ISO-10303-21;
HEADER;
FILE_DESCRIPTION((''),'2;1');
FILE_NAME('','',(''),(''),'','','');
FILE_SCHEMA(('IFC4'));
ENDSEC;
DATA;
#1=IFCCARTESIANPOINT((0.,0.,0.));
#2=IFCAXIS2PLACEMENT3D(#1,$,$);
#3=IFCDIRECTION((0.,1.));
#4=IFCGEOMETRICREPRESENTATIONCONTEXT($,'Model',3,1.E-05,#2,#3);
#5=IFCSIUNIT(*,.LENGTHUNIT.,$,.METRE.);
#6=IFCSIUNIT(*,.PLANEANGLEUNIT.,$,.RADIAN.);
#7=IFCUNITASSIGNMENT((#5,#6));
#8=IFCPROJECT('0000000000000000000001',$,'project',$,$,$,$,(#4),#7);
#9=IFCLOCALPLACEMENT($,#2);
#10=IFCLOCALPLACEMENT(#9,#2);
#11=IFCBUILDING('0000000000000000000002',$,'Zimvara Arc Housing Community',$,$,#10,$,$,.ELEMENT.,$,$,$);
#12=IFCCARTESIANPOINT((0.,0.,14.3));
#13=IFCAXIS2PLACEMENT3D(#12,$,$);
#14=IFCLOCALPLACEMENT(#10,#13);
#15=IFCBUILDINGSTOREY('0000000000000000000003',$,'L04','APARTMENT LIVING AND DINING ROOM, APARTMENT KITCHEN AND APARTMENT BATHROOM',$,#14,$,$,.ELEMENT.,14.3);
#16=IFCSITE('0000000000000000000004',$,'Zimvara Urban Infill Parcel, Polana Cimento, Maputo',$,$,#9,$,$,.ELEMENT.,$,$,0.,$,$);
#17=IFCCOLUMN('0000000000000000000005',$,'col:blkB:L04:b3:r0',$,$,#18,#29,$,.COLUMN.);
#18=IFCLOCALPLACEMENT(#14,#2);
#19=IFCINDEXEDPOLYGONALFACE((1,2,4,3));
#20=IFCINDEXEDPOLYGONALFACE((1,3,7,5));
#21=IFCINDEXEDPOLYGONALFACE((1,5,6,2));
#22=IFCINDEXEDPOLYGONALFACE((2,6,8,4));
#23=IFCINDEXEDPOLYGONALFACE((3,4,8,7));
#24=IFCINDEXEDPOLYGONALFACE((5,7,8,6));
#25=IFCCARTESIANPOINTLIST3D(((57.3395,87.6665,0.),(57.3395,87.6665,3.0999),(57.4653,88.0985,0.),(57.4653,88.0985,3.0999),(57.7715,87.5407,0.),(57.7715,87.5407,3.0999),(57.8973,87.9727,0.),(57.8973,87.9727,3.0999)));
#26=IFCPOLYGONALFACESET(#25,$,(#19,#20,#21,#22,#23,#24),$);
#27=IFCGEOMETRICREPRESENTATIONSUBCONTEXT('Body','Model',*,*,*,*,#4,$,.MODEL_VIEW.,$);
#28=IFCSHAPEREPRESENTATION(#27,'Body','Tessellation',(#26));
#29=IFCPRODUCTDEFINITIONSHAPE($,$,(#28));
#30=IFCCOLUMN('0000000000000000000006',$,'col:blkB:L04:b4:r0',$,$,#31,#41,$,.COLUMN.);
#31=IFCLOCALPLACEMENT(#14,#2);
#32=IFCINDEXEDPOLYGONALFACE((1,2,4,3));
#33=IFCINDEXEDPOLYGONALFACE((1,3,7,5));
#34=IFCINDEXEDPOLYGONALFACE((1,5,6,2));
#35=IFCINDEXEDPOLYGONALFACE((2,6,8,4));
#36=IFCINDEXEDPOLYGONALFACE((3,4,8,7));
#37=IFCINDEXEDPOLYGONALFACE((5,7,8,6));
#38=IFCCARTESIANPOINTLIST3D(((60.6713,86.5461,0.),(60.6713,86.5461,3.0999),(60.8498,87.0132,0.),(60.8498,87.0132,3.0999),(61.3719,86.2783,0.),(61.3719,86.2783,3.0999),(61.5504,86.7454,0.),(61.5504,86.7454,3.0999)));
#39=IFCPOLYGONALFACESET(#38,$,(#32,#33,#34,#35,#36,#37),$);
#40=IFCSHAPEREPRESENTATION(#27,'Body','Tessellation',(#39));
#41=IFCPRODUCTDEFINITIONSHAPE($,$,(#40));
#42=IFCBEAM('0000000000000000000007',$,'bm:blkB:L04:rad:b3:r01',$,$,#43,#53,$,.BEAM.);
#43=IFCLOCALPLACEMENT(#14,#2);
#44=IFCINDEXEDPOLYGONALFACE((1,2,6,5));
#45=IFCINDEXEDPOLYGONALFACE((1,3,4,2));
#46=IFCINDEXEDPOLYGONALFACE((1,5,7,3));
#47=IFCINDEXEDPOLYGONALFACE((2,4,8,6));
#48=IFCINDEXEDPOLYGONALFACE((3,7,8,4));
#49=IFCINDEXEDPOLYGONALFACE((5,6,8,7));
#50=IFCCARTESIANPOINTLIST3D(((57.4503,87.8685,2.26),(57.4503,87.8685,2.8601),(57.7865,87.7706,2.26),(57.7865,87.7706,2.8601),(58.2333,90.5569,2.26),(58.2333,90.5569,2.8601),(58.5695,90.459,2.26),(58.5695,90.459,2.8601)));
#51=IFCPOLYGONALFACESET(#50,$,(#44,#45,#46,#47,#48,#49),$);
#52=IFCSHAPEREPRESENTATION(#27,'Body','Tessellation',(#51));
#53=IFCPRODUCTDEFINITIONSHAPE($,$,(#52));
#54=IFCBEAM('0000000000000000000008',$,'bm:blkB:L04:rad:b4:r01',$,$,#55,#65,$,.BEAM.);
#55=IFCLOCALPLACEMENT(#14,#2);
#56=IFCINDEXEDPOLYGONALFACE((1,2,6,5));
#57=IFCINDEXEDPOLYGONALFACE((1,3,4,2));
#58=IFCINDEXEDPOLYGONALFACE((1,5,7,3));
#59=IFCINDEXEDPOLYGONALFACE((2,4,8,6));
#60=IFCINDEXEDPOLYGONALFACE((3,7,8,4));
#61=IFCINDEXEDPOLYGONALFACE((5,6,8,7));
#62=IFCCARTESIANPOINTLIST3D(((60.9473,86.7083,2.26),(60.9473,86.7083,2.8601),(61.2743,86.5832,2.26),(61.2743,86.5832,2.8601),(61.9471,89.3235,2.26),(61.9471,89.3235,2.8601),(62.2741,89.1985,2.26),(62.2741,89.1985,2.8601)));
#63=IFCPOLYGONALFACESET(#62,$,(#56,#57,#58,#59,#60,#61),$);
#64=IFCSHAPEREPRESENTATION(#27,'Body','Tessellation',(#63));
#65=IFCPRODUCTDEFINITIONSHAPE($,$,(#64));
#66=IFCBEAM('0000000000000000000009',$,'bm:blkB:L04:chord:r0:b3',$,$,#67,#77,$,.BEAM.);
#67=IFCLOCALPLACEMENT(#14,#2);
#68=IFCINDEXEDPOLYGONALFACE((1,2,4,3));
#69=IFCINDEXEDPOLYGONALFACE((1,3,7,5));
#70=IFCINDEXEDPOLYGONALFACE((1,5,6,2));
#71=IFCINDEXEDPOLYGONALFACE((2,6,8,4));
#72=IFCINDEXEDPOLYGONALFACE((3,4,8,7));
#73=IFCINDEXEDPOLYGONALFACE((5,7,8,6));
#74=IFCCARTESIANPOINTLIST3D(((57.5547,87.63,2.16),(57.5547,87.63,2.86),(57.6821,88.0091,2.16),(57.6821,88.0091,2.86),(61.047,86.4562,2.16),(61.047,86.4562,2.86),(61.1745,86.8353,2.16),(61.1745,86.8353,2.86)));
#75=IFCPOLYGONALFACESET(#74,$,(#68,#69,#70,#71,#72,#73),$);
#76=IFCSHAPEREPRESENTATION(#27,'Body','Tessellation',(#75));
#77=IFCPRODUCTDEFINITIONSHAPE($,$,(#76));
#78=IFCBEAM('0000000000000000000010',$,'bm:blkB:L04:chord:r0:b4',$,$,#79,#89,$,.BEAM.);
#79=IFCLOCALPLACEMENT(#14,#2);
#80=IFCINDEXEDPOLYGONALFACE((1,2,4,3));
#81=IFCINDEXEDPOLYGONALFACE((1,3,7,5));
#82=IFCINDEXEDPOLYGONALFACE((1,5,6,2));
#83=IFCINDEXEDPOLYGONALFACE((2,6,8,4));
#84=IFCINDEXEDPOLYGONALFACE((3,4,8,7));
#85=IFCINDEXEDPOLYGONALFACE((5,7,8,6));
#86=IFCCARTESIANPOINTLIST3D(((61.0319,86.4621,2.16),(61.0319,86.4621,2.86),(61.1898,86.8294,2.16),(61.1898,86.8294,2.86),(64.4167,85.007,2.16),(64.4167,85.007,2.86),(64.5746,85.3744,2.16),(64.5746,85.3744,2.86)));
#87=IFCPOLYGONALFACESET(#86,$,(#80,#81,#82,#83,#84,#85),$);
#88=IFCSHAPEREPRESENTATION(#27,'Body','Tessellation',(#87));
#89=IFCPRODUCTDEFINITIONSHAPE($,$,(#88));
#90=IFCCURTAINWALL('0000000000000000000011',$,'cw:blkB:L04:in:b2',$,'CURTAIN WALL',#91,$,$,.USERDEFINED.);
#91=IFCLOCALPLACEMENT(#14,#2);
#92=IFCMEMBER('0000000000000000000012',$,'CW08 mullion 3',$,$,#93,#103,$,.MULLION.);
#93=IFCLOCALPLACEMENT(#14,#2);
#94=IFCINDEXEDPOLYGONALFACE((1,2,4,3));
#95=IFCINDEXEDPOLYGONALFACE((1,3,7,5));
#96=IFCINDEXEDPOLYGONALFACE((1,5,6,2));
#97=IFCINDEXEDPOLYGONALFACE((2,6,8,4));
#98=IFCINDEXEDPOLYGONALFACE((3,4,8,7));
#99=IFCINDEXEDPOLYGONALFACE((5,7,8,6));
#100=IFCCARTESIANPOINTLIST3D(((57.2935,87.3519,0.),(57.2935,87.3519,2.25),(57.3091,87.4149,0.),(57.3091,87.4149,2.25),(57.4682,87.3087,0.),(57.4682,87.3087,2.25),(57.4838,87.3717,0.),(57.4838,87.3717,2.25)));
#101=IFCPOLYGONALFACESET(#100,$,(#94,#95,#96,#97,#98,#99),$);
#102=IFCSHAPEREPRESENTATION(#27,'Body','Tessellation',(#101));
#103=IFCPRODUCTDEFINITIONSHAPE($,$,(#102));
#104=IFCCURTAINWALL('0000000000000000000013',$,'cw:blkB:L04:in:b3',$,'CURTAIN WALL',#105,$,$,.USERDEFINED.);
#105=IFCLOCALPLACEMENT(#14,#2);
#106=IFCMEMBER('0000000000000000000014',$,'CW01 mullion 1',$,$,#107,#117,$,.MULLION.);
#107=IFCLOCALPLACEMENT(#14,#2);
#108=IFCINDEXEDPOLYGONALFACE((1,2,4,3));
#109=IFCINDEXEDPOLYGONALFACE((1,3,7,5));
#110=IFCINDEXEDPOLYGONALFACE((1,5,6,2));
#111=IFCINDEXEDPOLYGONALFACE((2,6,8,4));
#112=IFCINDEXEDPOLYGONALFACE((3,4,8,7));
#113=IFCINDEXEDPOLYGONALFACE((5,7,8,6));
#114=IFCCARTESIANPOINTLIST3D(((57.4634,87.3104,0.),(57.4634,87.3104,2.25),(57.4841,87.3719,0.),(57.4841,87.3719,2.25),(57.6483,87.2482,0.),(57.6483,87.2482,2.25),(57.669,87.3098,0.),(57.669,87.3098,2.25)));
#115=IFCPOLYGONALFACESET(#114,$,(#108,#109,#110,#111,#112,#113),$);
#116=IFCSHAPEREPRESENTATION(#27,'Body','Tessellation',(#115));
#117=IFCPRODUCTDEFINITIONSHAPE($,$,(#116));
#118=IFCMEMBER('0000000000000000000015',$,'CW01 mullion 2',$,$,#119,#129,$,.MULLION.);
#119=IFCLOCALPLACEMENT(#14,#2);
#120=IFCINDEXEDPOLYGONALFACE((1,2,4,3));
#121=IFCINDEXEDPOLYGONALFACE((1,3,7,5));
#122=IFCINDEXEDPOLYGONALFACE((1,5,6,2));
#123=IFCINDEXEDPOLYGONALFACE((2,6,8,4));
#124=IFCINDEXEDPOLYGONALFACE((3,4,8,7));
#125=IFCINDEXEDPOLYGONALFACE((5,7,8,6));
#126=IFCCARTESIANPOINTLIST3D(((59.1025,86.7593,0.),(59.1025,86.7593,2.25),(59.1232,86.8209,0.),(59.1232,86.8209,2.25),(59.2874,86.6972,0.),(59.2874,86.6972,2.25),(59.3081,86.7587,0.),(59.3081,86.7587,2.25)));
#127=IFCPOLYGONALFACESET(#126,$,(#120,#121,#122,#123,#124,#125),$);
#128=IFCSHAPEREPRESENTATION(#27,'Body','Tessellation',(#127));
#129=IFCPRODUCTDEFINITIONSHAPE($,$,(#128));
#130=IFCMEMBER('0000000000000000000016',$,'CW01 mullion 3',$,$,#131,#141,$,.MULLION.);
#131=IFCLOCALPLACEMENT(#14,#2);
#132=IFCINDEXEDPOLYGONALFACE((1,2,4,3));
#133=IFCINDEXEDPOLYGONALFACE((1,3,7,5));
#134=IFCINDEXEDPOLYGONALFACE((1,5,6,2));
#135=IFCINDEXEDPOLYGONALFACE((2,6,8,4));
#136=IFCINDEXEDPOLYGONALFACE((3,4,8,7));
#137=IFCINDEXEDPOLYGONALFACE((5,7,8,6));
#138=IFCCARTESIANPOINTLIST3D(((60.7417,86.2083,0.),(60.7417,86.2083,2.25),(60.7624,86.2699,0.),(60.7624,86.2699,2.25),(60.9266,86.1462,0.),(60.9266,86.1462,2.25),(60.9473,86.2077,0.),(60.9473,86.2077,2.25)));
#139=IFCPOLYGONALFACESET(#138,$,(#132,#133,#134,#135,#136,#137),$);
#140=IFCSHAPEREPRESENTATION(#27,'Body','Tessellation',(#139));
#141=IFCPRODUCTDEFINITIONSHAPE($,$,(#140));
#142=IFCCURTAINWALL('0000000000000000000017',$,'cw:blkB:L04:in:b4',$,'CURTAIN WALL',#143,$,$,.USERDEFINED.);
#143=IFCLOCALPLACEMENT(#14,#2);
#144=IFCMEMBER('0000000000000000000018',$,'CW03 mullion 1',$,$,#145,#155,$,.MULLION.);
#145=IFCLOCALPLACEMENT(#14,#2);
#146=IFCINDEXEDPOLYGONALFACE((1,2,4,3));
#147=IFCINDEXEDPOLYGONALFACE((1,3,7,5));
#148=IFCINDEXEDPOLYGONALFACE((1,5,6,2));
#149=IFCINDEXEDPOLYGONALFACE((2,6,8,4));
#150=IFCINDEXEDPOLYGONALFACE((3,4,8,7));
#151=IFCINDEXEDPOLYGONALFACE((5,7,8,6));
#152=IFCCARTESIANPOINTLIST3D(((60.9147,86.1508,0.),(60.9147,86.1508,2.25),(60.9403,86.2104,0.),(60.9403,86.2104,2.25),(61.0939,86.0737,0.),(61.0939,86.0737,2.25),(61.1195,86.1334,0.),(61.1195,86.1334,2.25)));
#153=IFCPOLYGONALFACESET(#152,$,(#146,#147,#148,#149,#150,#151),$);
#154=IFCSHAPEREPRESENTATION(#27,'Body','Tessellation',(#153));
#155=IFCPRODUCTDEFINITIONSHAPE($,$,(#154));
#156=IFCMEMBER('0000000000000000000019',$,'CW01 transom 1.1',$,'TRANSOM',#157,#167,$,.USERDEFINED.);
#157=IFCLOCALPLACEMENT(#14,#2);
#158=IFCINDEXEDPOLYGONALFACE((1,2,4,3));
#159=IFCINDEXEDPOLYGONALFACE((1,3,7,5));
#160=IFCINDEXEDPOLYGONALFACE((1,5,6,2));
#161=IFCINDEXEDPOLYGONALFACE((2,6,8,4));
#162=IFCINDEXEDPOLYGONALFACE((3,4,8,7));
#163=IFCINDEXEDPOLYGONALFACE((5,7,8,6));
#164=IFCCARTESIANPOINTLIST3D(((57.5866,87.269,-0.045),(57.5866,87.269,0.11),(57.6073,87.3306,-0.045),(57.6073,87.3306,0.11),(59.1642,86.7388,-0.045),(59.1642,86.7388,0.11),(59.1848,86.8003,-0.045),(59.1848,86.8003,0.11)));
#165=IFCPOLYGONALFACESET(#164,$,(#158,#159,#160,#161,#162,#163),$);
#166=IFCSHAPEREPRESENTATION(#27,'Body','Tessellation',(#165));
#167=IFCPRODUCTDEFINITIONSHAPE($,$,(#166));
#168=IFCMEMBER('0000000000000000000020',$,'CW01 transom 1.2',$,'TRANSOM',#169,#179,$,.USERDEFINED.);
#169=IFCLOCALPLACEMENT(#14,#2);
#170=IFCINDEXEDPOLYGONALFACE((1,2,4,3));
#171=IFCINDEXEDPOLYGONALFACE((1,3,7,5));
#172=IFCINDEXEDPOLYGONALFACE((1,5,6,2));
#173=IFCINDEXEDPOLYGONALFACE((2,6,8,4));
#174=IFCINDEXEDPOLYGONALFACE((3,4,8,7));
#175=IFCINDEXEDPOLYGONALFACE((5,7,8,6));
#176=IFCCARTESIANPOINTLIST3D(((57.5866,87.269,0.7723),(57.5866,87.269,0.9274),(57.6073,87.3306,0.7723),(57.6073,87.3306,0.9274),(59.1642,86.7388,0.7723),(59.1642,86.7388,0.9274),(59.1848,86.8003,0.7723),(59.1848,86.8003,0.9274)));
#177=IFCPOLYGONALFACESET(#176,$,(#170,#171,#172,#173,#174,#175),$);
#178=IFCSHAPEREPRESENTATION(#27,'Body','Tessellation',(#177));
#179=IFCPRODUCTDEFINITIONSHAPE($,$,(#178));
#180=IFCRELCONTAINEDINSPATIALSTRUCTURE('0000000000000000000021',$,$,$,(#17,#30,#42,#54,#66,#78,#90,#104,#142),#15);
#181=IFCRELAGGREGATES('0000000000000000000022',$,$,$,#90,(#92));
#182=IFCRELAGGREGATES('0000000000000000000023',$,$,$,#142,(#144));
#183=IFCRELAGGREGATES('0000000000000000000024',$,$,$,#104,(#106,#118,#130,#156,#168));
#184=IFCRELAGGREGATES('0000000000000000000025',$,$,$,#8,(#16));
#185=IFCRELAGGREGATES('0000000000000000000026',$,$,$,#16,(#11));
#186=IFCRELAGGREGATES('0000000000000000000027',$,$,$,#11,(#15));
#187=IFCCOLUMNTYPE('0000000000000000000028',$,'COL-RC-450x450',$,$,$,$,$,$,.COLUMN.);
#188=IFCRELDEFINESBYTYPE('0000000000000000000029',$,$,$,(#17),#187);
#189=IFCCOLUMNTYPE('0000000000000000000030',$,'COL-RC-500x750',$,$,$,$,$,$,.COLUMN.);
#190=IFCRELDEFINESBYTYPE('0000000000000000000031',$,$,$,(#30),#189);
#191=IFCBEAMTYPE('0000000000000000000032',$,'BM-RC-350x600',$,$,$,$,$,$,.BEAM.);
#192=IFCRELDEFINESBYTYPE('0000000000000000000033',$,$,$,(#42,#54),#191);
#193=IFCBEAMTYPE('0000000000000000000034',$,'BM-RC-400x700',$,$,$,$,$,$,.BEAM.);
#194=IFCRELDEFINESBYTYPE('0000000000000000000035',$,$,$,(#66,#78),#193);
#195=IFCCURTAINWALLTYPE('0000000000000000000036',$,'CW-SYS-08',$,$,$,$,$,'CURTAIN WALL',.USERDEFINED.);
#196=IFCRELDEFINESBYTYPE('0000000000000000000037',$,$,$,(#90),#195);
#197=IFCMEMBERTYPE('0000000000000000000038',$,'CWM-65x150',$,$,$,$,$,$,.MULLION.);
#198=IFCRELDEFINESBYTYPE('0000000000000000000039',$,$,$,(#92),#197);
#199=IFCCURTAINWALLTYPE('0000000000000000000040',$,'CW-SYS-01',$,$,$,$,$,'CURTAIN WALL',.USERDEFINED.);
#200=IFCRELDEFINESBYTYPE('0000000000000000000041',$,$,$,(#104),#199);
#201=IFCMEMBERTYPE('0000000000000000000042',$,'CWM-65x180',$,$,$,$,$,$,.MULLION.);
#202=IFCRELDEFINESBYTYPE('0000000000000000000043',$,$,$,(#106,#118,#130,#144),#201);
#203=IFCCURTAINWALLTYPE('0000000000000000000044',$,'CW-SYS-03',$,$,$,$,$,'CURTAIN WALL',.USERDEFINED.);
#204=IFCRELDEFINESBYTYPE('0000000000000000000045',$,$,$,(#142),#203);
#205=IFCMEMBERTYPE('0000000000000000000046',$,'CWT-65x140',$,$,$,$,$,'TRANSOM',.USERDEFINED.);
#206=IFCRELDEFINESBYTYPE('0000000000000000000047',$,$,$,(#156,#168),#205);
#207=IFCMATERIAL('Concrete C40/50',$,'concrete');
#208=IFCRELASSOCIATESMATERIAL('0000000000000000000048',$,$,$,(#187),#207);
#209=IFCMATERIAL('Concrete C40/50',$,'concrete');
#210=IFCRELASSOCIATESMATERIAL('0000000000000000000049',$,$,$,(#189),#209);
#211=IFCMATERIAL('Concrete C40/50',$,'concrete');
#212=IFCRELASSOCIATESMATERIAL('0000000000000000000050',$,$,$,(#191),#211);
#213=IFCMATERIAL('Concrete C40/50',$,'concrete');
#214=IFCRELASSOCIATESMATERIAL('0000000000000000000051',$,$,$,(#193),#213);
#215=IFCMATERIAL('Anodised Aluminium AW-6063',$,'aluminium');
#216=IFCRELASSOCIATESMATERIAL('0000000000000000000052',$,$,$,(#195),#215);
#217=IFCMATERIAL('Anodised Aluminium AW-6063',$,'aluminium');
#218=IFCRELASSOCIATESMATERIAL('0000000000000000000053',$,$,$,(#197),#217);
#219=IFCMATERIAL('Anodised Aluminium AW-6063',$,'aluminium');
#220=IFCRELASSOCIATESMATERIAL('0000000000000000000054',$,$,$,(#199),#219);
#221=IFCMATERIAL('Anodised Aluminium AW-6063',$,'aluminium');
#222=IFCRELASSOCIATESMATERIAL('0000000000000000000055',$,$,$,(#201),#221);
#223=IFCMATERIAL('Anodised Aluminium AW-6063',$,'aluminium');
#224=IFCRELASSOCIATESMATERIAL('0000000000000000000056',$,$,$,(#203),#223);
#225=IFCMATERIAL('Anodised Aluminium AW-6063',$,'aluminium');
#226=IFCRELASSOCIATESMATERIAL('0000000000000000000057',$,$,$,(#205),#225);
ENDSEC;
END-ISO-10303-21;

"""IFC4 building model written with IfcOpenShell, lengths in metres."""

from ifc_helpers import new_model, si_unit, direction, frame, origin, origin_2d, place, context, subcontext, project, spatial, rectangle, extrude, material, material_profile, profile_set, type_object, element, aggregate, save


model = new_model("IFC4")

# Units and contexts
model_context = context("Model", 3, precision=1e-05, world=origin(), true_north=direction((0.0, 1.0)))
body_context = subcontext(model_context, "Body", "Model", "MODEL_VIEW")
ifc_project = project(units=[si_unit("LENGTHUNIT", "METRE"), si_unit("PLANEANGLEUNIT", "RADIAN")], contexts=[model_context])

# Site, building, storey
site_placement = place(None, origin())
site = spatial("IfcSite", under=ifc_project, at=site_placement, Name="Zimvara Urban Infill Parcel, Polana Cimento, Maputo", CompositionType="ELEMENT", RefElevation=0.0)
building_placement = place(site_placement, origin())
building = spatial("IfcBuilding", under=site, at=building_placement, Name="Zimvara Arc Housing Community", CompositionType="ELEMENT")
storey_placement = place(building_placement, frame((0.0, 0.0, 14.3)))
storey = spatial("IfcBuildingStorey", under=building, at=storey_placement, Name="L04", Description="APARTMENT LIVING AND DINING ROOM, APARTMENT KITCHEN AND APARTMENT BATHROOM", CompositionType="ELEMENT", Elevation=14.3)

# Columns
ifc_material_1 = material(Name="Concrete C40/50", Category="concrete")
ifc_material_profile_1 = material_profile(ifc_material_1, rectangle(XDim=0.45, YDim=0.45, at=origin_2d()), Name="RC 450x450")
ifc_profile_set_1 = profile_set([ifc_material_profile_1], Name="Concrete C40/50")
column_type_1 = type_object("IfcColumnType", Name="COL-RC-450x450", PredefinedType="COLUMN", material=ifc_profile_set_1)
column_1_placement = place(storey_placement, frame((57.6184, 87.8196, 0.0), z_axis=(0.0, 0.0, 1.0), x_axis=(0.279661, 0.960099, 0.0)))
element("IfcColumn", 1, at=column_1_placement, inside=storey, type_object=column_type_1, Name="col:blkB:L04:b3:r0", PredefinedType="COLUMN", context=body_context, shape_type="SweptSolid", body=[
    extrude(rectangle(XDim=0.45, YDim=0.45, at=origin_2d()), origin(), (0.0, 0.0, 1.0), 3.0999),
])
ifc_material_2 = material(Name="Concrete C40/50", Category="concrete")
ifc_material_profile_2 = material_profile(ifc_material_2, rectangle(XDim=0.5, YDim=0.75, at=origin_2d()), Name="RC 500x750")
ifc_profile_set_2 = profile_set([ifc_material_profile_2], Name="Concrete C40/50")
column_type_2 = type_object("IfcColumnType", Name="COL-RC-500x750", PredefinedType="COLUMN", material=ifc_profile_set_2)
column_2_placement = place(storey_placement, frame((61.1108, 86.6458, 0.0), z_axis=(0.0, 0.0, 1.0), x_axis=(0.357064, 0.93408, 0.0)))
element("IfcColumn", 2, at=column_2_placement, inside=storey, type_object=column_type_2, Name="col:blkB:L04:b4:r0", PredefinedType="COLUMN", context=body_context, shape_type="SweptSolid", body=[
    extrude(rectangle(XDim=0.5, YDim=0.75, at=origin_2d()), origin(), (0.0, 0.0, 1.0), 3.0999),
])

# Beams
ifc_material_3 = material(Name="Concrete C40/50", Category="concrete")
ifc_material_profile_3 = material_profile(ifc_material_3, rectangle(XDim=0.3501, YDim=0.6001, at=origin_2d()), Name="RC 350x600")
ifc_profile_set_3 = profile_set([ifc_material_profile_3], Name="Concrete C40/50")
beam_type_1 = type_object("IfcBeamType", Name="BM-RC-350x600", PredefinedType="BEAM", material=ifc_profile_set_3)
beam_1_placement = place(storey_placement, frame((57.6184, 87.8196, 2.5601), z_axis=(0.279635, 0.960106, 0.0), x_axis=(-0.960106, 0.279635, 0.0)))
element("IfcBeam", 3, at=beam_1_placement, inside=storey, type_object=beam_type_1, Name="bm:blkB:L04:rad:b3:r01", PredefinedType="BEAM", context=body_context, shape_type="SweptSolid", body=[
    extrude(rectangle(XDim=0.3501, YDim=0.6001, at=origin_2d()), origin(), (0.0, 0.0, 1.0), 2.8),
])
beam_2_placement = place(storey_placement, frame((61.1108, 86.6458, 2.5601), z_axis=(0.357079, 0.934074, 0.0), x_axis=(-0.934074, 0.357079, 0.0)))
element("IfcBeam", 4, at=beam_2_placement, inside=storey, type_object=beam_type_1, Name="bm:blkB:L04:rad:b4:r01", PredefinedType="BEAM", context=body_context, shape_type="SweptSolid", body=[
    extrude(rectangle(XDim=0.3501, YDim=0.6001, at=origin_2d()), origin(), (0.0, 0.0, 1.0), 2.7998),
])
ifc_material_4 = material(Name="Concrete C40/50", Category="concrete")
ifc_material_profile_4 = material_profile(ifc_material_4, rectangle(XDim=0.3999, YDim=0.7, at=origin_2d()), Name="RC 400x700")
ifc_profile_set_4 = profile_set([ifc_material_profile_4], Name="Concrete C40/50")
beam_type_2 = type_object("IfcBeamType", Name="BM-RC-400x700", PredefinedType="BEAM", material=ifc_profile_set_4)
for number, where, z_axis, x_axis, name in (
    (5, (57.6184, 87.8196, 2.51), (0.947892, -0.318592, 0.0), (0.318592, 0.947892, 0.0), "bm:blkB:L04:chord:r0:b3"),
    (6, (61.1108, 86.6458, 2.51), (0.918706, -0.394943, 0.0), (0.394943, 0.918706, 0.0), "bm:blkB:L04:chord:r0:b4"),
):
    element("IfcBeam", number, at=place(storey_placement, frame(where, z_axis=z_axis, x_axis=x_axis)), inside=storey, type_object=beam_type_2, Name=name, PredefinedType="BEAM", context=body_context, shape_type="SweptSolid", body=[
        extrude(rectangle(XDim=0.3999, YDim=0.7, at=origin_2d()), origin(), (0.0, 0.0, 1.0), 3.6843),
    ])

# Curtain wall, member
ifc_material_5 = material(Name="Anodised Aluminium AW-6063", Category="aluminium")
curtain_wall_type_1 = type_object("IfcCurtainWallType", Name="CW-SYS-08", ElementType="CURTAIN WALL", PredefinedType="USERDEFINED", material=ifc_material_5)
curtain_wall_1_placement = place(storey_placement, origin())
curtain_wall_1 = element("IfcCurtainWall", 7, at=curtain_wall_1_placement, inside=storey, type_object=curtain_wall_type_1, Name="cw:blkB:L04:in:b2", ObjectType="CURTAIN WALL", PredefinedType="USERDEFINED")
ifc_material_6 = material(Name="Anodised Aluminium AW-6063", Category="aluminium")
ifc_material_profile_5 = material_profile(ifc_material_6, rectangle(XDim=0.0649, YDim=0.1799, at=origin_2d()), Name="ALU 65x180")
ifc_profile_set_5 = profile_set([ifc_material_profile_5], Name="Anodised Aluminium AW-6063")
member_type_1 = type_object("IfcMemberType", Name="CWM-65x150", PredefinedType="MULLION", material=ifc_profile_set_5)
member_1_placement = place(storey_placement, frame((57.3887, 87.3618, 0.0), z_axis=(0.0, 0.0, 1.0), x_axis=(0.240228, 0.970717, 0.0)))
member_1 = element("IfcMember", 8, at=member_1_placement, type_object=member_type_1, Name="CW08 mullion 3", PredefinedType="MULLION", context=body_context, shape_type="SweptSolid", body=[
    extrude(rectangle(XDim=0.0649, YDim=0.1799, at=origin_2d()), origin(), (0.0, 0.0, 1.0), 2.25),
])
aggregate(curtain_wall_1, [member_1])

# Curtain wall, members
ifc_material_7 = material(Name="Anodised Aluminium AW-6063", Category="aluminium")
curtain_wall_type_2 = type_object("IfcCurtainWallType", Name="CW-SYS-01", ElementType="CURTAIN WALL", PredefinedType="USERDEFINED", material=ifc_material_7)
curtain_wall_2_placement = place(storey_placement, origin())
curtain_wall_2 = element("IfcCurtainWall", 9, at=curtain_wall_2_placement, inside=storey, type_object=curtain_wall_type_2, Name="cw:blkB:L04:in:b3", ObjectType="CURTAIN WALL", PredefinedType="USERDEFINED")
ifc_material_8 = material(Name="Anodised Aluminium AW-6063", Category="aluminium")
ifc_material_profile_6 = material_profile(ifc_material_8, rectangle(XDim=0.0649, YDim=0.1951, at=origin_2d()), Name="ALU 65x195")
ifc_profile_set_6 = profile_set([ifc_material_profile_6], Name="Anodised Aluminium AW-6063")
member_type_2 = type_object("IfcMemberType", Name="CWM-65x180", PredefinedType="MULLION", material=ifc_profile_set_6)
member_2_placement = place(storey_placement, frame((57.5662, 87.3101, 0.0), z_axis=(0.0, 0.0, 1.0), x_axis=(0.31863, 0.947879, 0.0)))
member_2 = element("IfcMember", 10, at=member_2_placement, type_object=member_type_2, Name="CW01 mullion 1", PredefinedType="MULLION", context=body_context, shape_type="SweptSolid", body=[
    extrude(rectangle(XDim=0.0649, YDim=0.1951, at=origin_2d()), origin(), (0.0, 0.0, 1.0), 2.25),
])
member_3_placement = place(storey_placement, frame((59.2053, 86.759, 0.0), z_axis=(0.0, 0.0, 1.0), x_axis=(0.31863, 0.947879, 0.0)))
member_3 = element("IfcMember", 11, at=member_3_placement, type_object=member_type_2, Name="CW01 mullion 2", PredefinedType="MULLION", context=body_context, shape_type="SweptSolid", body=[
    extrude(rectangle(XDim=0.0649, YDim=0.1951, at=origin_2d()), origin(), (0.0, 0.0, 1.0), 2.25),
])
member_4_placement = place(storey_placement, frame((60.8445, 86.208, 0.0), z_axis=(0.0, 0.0, 1.0), x_axis=(0.31863, 0.947879, 0.0)))
member_4 = element("IfcMember", 12, at=member_4_placement, type_object=member_type_2, Name="CW01 mullion 3", PredefinedType="MULLION", context=body_context, shape_type="SweptSolid", body=[
    extrude(rectangle(XDim=0.0649, YDim=0.1951, at=origin_2d()), origin(), (0.0, 0.0, 1.0), 2.25),
])

# Curtain wall, member
ifc_material_9 = material(Name="Anodised Aluminium AW-6063", Category="aluminium")
curtain_wall_type_3 = type_object("IfcCurtainWallType", Name="CW-SYS-03", ElementType="CURTAIN WALL", PredefinedType="USERDEFINED", material=ifc_material_9)
curtain_wall_3_placement = place(storey_placement, origin())
curtain_wall_3 = element("IfcCurtainWall", 13, at=curtain_wall_3_placement, inside=storey, type_object=curtain_wall_type_3, Name="cw:blkB:L04:in:b4", ObjectType="CURTAIN WALL", PredefinedType="USERDEFINED")
member_5_placement = place(storey_placement, frame((61.0171, 86.1421, 0.0), z_axis=(0.0, 0.0, 1.0), x_axis=(0.394904, 0.918722, 0.0)))
member_5 = element("IfcMember", 14, at=member_5_placement, type_object=member_type_2, Name="CW03 mullion 1", PredefinedType="MULLION", context=body_context, shape_type="SweptSolid", body=[
    extrude(rectangle(XDim=0.0649, YDim=0.1951, at=origin_2d()), origin(), (0.0, 0.0, 1.0), 2.25),
])

# Members
ifc_material_10 = material(Name="Anodised Aluminium AW-6063", Category="aluminium")
ifc_material_profile_7 = material_profile(ifc_material_10, rectangle(XDim=0.0649, YDim=0.155, at=origin_2d()), Name="ALU 65x155")
ifc_profile_set_7 = profile_set([ifc_material_profile_7], Name="Anodised Aluminium AW-6063")
member_type_3 = type_object("IfcMemberType", Name="CWT-65x140", ElementType="TRANSOM", PredefinedType="USERDEFINED", material=ifc_profile_set_7)
member_6_placement = place(storey_placement, frame((57.5969, 87.2998, 0.0325), z_axis=(0.947888, -0.318603, 0.0), x_axis=(0.318603, 0.947888, 0.0)))
member_6 = element("IfcMember", 15, at=member_6_placement, type_object=member_type_3, Name="CW01 transom 1.1", ObjectType="TRANSOM", PredefinedType="USERDEFINED", context=body_context, shape_type="SweptSolid", body=[
    extrude(rectangle(XDim=0.0649, YDim=0.155, at=origin_2d()), origin(), (0.0, 0.0, 1.0), 1.6643),
])
member_7_placement = place(storey_placement, frame((57.5969, 87.2998, 0.8499), z_axis=(0.947888, -0.318603, 0.0), x_axis=(0.318603, 0.947888, 0.0)))
member_7 = element("IfcMember", 16, at=member_7_placement, type_object=member_type_3, Name="CW01 transom 1.2", ObjectType="TRANSOM", PredefinedType="USERDEFINED", context=body_context, shape_type="SweptSolid", body=[
    extrude(rectangle(XDim=0.0649, YDim=0.155, at=origin_2d()), origin(), (0.0, 0.0, 1.0), 1.6643),
])
aggregate(curtain_wall_3, [member_5])

aggregate(curtain_wall_2, [member_2, member_3, member_4, member_6, member_7])

save(model, "model.ifc")
